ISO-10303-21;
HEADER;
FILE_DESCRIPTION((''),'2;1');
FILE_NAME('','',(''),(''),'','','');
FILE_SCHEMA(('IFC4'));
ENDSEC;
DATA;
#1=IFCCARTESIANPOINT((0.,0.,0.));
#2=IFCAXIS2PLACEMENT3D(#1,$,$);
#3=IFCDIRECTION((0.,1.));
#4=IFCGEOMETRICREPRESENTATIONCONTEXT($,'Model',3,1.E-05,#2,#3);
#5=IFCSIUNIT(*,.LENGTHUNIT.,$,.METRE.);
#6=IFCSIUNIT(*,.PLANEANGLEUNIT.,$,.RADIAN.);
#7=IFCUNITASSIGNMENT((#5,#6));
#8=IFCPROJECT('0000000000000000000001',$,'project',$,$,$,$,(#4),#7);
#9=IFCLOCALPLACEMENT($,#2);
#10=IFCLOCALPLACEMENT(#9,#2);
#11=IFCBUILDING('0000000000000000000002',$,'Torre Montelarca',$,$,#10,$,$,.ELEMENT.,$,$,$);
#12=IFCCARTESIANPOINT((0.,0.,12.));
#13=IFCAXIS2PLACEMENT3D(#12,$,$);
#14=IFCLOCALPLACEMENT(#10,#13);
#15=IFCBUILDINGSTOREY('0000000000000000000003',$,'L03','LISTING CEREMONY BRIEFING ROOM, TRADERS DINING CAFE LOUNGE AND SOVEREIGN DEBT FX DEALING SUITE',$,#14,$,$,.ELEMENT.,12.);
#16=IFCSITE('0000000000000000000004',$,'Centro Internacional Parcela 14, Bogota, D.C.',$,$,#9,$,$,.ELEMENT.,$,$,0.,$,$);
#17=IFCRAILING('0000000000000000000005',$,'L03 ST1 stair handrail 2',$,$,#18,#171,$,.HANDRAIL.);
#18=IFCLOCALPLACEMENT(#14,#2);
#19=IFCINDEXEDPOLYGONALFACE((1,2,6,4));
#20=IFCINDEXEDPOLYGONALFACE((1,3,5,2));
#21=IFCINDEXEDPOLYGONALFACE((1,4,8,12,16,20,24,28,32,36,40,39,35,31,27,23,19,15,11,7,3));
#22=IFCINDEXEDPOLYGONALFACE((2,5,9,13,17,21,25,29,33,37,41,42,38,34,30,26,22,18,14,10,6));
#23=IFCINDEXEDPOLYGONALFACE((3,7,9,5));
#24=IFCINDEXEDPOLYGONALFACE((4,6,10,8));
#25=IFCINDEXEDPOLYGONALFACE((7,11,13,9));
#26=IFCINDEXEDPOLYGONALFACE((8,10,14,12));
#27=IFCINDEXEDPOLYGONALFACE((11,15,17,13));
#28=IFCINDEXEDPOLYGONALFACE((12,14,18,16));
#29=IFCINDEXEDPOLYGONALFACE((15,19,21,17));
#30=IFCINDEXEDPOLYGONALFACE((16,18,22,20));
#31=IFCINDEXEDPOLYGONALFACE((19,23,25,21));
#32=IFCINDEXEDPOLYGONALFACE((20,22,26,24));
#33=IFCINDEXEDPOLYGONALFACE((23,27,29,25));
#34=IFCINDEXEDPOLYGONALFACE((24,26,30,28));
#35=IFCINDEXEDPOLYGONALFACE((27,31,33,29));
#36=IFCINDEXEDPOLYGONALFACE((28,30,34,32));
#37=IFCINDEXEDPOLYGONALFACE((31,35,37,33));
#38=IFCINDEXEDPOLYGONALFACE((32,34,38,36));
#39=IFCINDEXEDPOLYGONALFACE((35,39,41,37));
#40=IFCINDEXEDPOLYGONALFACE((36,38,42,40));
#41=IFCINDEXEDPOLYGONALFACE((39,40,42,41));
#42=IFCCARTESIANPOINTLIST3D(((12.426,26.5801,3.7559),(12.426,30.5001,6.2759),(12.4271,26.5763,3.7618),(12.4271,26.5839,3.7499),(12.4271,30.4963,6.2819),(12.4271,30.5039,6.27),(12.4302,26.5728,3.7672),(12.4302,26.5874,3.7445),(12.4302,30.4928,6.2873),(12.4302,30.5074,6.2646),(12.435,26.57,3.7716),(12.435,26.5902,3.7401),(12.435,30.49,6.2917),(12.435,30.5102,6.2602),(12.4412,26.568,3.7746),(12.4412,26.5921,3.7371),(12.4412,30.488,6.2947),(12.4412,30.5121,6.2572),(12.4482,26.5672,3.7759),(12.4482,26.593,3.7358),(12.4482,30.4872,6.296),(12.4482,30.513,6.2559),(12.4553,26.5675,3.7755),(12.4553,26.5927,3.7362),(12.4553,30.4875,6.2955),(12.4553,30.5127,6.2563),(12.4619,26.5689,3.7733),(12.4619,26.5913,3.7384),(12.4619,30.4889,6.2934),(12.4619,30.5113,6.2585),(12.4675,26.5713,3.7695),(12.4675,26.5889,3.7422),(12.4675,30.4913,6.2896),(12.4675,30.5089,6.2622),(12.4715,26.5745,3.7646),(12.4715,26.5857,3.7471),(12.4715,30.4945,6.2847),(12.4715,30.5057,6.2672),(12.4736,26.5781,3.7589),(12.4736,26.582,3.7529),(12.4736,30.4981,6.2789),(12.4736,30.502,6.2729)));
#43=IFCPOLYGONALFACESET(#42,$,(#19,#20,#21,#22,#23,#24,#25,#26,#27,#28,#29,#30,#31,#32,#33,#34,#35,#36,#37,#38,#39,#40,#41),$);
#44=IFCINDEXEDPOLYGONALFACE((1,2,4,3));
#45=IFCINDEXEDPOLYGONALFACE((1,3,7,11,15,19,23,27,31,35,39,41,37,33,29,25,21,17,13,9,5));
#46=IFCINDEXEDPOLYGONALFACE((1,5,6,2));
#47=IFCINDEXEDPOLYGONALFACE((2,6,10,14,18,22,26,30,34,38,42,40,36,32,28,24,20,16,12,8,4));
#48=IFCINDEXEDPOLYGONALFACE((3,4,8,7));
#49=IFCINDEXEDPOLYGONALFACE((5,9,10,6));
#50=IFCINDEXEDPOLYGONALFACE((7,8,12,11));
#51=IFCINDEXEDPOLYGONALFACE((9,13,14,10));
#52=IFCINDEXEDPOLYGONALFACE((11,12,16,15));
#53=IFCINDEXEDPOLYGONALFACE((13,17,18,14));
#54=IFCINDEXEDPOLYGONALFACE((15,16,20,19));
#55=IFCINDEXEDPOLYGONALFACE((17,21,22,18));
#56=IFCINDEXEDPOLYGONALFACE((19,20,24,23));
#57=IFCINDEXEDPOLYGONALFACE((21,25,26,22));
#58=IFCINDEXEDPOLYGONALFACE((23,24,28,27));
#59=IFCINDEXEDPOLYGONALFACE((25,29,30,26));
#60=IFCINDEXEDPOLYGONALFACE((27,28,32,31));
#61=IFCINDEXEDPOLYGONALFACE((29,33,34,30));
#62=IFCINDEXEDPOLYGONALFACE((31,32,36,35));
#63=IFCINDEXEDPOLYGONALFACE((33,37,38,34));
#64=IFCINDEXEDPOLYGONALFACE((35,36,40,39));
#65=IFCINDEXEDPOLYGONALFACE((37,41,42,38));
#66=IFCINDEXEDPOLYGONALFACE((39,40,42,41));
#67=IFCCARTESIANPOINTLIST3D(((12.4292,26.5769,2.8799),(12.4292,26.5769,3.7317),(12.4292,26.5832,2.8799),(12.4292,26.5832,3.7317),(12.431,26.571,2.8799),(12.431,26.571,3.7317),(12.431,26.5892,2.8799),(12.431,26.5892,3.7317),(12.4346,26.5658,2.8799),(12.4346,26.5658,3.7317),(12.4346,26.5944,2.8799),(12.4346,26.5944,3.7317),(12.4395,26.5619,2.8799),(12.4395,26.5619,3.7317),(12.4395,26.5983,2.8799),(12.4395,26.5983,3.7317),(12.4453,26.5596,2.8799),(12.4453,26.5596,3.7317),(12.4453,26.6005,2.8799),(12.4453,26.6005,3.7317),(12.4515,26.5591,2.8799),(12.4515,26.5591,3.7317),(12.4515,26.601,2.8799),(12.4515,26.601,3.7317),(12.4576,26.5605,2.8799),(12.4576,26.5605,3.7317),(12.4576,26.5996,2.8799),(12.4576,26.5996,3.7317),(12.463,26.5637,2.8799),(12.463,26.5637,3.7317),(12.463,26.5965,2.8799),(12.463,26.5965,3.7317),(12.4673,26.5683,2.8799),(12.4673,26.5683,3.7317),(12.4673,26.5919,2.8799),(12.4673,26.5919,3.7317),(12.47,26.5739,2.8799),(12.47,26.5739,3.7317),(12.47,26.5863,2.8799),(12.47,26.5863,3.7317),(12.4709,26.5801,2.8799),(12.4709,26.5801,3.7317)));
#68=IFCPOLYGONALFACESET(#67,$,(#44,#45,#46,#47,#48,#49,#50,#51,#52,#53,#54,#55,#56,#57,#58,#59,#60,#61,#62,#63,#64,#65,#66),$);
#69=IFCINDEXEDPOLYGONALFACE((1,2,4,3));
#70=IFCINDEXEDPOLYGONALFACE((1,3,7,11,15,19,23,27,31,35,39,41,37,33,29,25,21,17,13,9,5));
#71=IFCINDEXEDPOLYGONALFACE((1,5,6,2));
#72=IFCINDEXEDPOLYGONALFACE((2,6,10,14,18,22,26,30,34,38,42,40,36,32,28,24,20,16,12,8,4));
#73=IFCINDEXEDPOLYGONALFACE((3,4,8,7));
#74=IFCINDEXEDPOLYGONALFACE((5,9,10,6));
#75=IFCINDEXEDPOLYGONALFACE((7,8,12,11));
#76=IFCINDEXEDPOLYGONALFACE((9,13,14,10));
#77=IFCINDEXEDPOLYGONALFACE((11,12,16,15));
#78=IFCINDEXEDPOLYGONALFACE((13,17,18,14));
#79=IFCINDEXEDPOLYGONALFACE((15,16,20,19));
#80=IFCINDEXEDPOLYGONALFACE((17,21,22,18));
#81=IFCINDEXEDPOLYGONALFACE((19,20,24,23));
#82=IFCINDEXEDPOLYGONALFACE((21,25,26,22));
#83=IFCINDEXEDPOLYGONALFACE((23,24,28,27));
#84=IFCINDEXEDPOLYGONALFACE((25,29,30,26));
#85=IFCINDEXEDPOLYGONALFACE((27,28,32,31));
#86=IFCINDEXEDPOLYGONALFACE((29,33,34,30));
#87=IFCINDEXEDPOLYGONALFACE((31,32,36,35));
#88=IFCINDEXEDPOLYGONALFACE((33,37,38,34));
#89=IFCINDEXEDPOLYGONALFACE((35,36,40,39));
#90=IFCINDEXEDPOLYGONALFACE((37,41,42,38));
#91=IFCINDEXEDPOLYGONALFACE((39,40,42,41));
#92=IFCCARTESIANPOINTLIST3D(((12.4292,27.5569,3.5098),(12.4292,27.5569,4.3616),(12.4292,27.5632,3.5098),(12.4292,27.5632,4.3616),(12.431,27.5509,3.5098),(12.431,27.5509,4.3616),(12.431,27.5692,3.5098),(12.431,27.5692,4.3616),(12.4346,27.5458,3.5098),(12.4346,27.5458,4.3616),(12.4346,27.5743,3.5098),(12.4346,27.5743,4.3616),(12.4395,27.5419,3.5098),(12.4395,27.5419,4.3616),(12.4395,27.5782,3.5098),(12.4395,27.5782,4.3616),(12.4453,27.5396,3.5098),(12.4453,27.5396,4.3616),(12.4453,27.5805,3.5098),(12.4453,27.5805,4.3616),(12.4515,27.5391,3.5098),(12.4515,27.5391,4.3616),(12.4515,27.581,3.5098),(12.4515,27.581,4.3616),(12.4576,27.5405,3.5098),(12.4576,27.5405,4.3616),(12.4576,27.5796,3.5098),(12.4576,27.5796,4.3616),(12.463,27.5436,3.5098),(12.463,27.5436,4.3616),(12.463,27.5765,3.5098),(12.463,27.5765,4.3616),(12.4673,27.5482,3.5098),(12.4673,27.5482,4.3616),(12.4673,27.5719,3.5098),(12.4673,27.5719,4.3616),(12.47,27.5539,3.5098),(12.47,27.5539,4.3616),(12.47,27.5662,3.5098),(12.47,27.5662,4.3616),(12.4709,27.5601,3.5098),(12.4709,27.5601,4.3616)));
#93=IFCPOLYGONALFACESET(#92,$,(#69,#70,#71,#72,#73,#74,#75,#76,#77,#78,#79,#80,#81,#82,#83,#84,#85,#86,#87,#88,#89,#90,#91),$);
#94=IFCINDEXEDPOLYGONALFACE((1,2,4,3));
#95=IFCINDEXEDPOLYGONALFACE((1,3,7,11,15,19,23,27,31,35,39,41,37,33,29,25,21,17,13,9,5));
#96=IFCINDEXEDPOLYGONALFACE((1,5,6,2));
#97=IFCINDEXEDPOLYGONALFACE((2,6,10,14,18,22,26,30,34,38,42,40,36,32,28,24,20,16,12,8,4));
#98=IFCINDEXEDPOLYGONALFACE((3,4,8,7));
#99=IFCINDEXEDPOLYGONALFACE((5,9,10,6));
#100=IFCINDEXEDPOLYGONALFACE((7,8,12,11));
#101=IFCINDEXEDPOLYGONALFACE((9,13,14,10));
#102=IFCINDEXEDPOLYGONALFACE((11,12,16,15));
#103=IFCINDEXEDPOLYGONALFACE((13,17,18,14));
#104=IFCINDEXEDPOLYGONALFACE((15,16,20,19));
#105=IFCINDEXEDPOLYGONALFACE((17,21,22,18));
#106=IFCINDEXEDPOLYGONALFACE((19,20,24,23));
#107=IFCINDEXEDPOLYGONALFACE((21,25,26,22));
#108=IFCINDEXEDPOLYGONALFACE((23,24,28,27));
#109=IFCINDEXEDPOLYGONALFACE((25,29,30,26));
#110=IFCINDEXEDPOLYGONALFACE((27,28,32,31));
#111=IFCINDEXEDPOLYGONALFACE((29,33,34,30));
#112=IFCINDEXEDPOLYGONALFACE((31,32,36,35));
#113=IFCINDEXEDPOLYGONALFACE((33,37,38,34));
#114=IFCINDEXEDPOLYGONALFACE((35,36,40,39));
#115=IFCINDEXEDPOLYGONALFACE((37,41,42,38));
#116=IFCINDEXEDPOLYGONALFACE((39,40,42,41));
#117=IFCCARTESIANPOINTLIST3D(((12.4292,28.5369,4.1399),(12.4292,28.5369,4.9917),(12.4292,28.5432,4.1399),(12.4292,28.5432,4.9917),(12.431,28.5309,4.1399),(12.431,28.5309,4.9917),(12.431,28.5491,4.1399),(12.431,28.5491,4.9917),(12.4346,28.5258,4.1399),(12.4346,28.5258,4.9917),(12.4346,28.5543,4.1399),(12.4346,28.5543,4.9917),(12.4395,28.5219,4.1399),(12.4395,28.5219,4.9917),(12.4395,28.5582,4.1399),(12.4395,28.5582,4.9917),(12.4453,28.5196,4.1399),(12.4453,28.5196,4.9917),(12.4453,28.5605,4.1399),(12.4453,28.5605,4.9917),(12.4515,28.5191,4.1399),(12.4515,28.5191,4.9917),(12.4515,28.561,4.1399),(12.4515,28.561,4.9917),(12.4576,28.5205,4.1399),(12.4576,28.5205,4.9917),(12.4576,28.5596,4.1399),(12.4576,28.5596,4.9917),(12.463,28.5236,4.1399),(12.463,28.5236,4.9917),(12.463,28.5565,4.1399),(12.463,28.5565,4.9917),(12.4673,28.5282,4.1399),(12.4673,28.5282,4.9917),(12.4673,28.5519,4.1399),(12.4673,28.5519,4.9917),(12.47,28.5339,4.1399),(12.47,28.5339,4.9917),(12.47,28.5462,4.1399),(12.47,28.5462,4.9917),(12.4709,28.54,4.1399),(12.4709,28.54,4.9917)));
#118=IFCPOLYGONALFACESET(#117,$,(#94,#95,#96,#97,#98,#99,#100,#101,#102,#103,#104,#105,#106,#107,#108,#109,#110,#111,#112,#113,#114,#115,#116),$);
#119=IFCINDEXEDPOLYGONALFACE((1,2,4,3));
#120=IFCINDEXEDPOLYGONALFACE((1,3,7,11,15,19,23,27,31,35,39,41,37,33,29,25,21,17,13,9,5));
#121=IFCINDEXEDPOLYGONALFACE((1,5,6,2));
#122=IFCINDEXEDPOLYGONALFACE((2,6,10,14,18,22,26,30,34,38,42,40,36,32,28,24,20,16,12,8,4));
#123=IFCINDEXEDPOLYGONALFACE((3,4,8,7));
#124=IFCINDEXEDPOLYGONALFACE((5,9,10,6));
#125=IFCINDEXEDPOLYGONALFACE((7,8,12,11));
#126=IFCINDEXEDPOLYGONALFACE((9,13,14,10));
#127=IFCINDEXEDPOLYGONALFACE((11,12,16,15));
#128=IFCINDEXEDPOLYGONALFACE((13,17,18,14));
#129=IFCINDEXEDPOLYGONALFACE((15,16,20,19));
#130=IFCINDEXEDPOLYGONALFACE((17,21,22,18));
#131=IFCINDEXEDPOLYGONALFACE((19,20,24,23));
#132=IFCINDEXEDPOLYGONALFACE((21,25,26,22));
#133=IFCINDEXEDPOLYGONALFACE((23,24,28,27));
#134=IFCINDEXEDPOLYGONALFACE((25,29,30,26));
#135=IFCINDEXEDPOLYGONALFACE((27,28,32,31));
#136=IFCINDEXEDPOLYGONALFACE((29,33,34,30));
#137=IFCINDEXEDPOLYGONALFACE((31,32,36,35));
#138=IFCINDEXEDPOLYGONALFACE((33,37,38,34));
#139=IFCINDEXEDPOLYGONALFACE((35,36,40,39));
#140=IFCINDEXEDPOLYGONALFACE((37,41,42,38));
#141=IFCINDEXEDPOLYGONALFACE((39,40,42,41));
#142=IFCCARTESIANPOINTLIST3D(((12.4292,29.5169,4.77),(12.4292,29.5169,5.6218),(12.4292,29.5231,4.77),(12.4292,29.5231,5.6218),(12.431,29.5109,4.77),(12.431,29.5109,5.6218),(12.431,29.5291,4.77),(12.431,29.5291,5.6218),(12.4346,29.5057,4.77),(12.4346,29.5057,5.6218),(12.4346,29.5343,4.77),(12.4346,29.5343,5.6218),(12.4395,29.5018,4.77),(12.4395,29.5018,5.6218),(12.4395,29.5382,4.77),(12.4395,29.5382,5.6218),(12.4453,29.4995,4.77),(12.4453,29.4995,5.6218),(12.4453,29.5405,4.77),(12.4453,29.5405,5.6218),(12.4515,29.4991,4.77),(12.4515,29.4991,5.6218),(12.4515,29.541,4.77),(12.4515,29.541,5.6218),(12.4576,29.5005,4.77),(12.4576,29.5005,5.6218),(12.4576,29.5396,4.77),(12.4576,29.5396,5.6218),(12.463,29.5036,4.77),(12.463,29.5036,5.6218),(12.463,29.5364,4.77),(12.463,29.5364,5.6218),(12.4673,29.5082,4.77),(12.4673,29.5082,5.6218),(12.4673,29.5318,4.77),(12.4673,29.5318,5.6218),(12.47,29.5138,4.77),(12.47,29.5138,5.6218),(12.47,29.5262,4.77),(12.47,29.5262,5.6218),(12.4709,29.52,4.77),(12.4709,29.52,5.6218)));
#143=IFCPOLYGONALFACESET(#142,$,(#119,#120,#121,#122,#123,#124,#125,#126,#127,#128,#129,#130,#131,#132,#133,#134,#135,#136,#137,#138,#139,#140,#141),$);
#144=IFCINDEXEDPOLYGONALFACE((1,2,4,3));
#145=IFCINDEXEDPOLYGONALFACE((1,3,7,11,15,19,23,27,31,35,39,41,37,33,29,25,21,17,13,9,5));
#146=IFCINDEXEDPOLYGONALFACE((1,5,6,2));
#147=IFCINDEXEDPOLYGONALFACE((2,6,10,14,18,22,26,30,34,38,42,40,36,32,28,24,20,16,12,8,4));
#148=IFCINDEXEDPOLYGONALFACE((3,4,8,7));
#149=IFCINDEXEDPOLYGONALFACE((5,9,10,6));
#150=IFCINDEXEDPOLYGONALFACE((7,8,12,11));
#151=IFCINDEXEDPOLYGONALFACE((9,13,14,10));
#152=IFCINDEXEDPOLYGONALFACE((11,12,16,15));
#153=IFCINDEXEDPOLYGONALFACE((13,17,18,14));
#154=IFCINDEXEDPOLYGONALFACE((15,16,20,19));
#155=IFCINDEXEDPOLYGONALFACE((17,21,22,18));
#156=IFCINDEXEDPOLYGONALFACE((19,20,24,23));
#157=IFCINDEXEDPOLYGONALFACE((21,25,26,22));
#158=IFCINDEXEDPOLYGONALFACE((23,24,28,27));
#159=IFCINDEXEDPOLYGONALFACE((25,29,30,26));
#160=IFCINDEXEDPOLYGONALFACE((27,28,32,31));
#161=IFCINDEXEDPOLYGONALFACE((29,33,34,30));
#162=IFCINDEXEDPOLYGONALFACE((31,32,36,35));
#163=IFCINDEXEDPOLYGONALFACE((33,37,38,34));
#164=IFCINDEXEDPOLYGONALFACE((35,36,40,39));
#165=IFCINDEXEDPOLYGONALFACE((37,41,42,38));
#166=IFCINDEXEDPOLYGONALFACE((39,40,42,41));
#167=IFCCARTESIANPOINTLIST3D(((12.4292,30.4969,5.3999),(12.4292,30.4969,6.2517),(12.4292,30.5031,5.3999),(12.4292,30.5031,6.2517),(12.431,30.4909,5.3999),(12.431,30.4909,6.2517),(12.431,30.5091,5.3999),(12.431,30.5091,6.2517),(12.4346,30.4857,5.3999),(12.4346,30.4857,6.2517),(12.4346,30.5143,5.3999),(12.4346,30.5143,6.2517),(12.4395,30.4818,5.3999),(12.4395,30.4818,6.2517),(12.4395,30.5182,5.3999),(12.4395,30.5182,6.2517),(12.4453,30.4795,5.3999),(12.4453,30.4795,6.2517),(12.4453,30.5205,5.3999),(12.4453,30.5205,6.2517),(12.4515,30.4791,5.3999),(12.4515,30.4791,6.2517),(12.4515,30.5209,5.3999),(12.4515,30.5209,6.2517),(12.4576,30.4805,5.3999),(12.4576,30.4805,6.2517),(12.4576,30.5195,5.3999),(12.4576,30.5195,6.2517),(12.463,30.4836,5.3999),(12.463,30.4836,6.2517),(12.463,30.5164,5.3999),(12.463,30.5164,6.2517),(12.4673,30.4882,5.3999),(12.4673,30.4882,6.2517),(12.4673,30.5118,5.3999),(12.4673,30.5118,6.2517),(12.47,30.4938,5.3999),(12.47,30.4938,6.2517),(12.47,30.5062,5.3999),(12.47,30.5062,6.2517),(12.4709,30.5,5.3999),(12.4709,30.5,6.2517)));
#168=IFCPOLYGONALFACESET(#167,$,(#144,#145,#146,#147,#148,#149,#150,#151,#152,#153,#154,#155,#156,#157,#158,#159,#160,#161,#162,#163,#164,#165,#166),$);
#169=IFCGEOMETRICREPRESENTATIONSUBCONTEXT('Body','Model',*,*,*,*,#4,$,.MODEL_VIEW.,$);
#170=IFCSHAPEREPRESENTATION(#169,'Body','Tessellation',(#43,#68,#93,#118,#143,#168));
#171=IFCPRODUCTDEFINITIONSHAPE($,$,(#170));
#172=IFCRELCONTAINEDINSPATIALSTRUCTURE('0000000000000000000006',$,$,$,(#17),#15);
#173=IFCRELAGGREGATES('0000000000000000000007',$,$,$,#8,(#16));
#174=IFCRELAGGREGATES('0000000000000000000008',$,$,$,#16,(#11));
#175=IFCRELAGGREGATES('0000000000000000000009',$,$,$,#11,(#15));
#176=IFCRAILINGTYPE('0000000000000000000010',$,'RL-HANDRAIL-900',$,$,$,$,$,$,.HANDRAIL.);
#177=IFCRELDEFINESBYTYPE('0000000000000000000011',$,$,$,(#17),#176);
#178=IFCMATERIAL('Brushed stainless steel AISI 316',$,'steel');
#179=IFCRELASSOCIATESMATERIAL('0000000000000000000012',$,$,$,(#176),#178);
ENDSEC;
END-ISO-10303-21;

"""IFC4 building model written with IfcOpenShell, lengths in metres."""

from ifc_helpers import new_model, si_unit, direction, frame, origin, origin_2d, place, context, subcontext, project, spatial, circle, extrude, material, type_object, element, save


model = new_model("IFC4")

# Units and contexts
model_context = context("Model", 3, precision=1e-05, world=origin(), true_north=direction((0.0, 1.0)))
body_context = subcontext(model_context, "Body", "Model", "MODEL_VIEW")
ifc_project = project(units=[si_unit("LENGTHUNIT", "METRE"), si_unit("PLANEANGLEUNIT", "RADIAN")], contexts=[model_context])

# Site, building, storey
site_placement = place(None, origin())
site = spatial("IfcSite", under=ifc_project, at=site_placement, Name="Centro Internacional Parcela 14, Bogota, D.C.", CompositionType="ELEMENT", RefElevation=0.0)
building_placement = place(site_placement, origin())
building = spatial("IfcBuilding", under=site, at=building_placement, Name="Torre Montelarca", CompositionType="ELEMENT")
storey_placement = place(building_placement, frame((0.0, 0.0, 12.0)))
storey = spatial("IfcBuildingStorey", under=building, at=storey_placement, Name="L03", Description="LISTING CEREMONY BRIEFING ROOM, TRADERS DINING CAFE LOUNGE AND SOVEREIGN DEBT FX DEALING SUITE", CompositionType="ELEMENT", Elevation=12.0)

# Shared definitions
ifc_material_1 = material(Name="Brushed stainless steel AISI 316", Category="steel")

# Railing
railing_type_1 = type_object("IfcRailingType", Name="RL-HANDRAIL-900", PredefinedType="HANDRAIL", material=ifc_material_1)
railing_1_placement = place(storey_placement, frame((12.45, 26.5801, 2.8799)))
element("IfcRailing", 1, at=railing_1_placement, inside=storey, type_object=railing_type_1, Name="L03 ST1 stair handrail 2", PredefinedType="HANDRAIL", context=body_context, shape_type="SweptSolid", body=[
    extrude(circle(Radius=0.0239, at=origin_2d()), frame((0.0, 0.0, 0.876), z_axis=(0.0, 0.841172, 0.540768), x_axis=(-1.0, 0.0, 0.0)), (0.0, 0.0, 1.0), 4.6602),
    extrude(circle(Radius=0.021, at=origin_2d()), origin(), (0.0, 0.0, 1.0), 0.8518),
    extrude(circle(Radius=0.021, at=origin_2d()), frame((0.0, 0.98, 0.6299)), (0.0, 0.0, 1.0), 0.8518),
    extrude(circle(Radius=0.021, at=origin_2d()), frame((0.0, 1.96, 1.26)), (0.0, 0.0, 1.0), 0.8518),
    extrude(circle(Radius=0.021, at=origin_2d()), frame((0.0, 2.9399, 1.8901)), (0.0, 0.0, 1.0), 0.8518),
    extrude(circle(Radius=0.021, at=origin_2d()), frame((0.0, 3.9199, 2.52)), (0.0, 0.0, 1.0), 0.8518),
])

save(model, "model.ifc")
